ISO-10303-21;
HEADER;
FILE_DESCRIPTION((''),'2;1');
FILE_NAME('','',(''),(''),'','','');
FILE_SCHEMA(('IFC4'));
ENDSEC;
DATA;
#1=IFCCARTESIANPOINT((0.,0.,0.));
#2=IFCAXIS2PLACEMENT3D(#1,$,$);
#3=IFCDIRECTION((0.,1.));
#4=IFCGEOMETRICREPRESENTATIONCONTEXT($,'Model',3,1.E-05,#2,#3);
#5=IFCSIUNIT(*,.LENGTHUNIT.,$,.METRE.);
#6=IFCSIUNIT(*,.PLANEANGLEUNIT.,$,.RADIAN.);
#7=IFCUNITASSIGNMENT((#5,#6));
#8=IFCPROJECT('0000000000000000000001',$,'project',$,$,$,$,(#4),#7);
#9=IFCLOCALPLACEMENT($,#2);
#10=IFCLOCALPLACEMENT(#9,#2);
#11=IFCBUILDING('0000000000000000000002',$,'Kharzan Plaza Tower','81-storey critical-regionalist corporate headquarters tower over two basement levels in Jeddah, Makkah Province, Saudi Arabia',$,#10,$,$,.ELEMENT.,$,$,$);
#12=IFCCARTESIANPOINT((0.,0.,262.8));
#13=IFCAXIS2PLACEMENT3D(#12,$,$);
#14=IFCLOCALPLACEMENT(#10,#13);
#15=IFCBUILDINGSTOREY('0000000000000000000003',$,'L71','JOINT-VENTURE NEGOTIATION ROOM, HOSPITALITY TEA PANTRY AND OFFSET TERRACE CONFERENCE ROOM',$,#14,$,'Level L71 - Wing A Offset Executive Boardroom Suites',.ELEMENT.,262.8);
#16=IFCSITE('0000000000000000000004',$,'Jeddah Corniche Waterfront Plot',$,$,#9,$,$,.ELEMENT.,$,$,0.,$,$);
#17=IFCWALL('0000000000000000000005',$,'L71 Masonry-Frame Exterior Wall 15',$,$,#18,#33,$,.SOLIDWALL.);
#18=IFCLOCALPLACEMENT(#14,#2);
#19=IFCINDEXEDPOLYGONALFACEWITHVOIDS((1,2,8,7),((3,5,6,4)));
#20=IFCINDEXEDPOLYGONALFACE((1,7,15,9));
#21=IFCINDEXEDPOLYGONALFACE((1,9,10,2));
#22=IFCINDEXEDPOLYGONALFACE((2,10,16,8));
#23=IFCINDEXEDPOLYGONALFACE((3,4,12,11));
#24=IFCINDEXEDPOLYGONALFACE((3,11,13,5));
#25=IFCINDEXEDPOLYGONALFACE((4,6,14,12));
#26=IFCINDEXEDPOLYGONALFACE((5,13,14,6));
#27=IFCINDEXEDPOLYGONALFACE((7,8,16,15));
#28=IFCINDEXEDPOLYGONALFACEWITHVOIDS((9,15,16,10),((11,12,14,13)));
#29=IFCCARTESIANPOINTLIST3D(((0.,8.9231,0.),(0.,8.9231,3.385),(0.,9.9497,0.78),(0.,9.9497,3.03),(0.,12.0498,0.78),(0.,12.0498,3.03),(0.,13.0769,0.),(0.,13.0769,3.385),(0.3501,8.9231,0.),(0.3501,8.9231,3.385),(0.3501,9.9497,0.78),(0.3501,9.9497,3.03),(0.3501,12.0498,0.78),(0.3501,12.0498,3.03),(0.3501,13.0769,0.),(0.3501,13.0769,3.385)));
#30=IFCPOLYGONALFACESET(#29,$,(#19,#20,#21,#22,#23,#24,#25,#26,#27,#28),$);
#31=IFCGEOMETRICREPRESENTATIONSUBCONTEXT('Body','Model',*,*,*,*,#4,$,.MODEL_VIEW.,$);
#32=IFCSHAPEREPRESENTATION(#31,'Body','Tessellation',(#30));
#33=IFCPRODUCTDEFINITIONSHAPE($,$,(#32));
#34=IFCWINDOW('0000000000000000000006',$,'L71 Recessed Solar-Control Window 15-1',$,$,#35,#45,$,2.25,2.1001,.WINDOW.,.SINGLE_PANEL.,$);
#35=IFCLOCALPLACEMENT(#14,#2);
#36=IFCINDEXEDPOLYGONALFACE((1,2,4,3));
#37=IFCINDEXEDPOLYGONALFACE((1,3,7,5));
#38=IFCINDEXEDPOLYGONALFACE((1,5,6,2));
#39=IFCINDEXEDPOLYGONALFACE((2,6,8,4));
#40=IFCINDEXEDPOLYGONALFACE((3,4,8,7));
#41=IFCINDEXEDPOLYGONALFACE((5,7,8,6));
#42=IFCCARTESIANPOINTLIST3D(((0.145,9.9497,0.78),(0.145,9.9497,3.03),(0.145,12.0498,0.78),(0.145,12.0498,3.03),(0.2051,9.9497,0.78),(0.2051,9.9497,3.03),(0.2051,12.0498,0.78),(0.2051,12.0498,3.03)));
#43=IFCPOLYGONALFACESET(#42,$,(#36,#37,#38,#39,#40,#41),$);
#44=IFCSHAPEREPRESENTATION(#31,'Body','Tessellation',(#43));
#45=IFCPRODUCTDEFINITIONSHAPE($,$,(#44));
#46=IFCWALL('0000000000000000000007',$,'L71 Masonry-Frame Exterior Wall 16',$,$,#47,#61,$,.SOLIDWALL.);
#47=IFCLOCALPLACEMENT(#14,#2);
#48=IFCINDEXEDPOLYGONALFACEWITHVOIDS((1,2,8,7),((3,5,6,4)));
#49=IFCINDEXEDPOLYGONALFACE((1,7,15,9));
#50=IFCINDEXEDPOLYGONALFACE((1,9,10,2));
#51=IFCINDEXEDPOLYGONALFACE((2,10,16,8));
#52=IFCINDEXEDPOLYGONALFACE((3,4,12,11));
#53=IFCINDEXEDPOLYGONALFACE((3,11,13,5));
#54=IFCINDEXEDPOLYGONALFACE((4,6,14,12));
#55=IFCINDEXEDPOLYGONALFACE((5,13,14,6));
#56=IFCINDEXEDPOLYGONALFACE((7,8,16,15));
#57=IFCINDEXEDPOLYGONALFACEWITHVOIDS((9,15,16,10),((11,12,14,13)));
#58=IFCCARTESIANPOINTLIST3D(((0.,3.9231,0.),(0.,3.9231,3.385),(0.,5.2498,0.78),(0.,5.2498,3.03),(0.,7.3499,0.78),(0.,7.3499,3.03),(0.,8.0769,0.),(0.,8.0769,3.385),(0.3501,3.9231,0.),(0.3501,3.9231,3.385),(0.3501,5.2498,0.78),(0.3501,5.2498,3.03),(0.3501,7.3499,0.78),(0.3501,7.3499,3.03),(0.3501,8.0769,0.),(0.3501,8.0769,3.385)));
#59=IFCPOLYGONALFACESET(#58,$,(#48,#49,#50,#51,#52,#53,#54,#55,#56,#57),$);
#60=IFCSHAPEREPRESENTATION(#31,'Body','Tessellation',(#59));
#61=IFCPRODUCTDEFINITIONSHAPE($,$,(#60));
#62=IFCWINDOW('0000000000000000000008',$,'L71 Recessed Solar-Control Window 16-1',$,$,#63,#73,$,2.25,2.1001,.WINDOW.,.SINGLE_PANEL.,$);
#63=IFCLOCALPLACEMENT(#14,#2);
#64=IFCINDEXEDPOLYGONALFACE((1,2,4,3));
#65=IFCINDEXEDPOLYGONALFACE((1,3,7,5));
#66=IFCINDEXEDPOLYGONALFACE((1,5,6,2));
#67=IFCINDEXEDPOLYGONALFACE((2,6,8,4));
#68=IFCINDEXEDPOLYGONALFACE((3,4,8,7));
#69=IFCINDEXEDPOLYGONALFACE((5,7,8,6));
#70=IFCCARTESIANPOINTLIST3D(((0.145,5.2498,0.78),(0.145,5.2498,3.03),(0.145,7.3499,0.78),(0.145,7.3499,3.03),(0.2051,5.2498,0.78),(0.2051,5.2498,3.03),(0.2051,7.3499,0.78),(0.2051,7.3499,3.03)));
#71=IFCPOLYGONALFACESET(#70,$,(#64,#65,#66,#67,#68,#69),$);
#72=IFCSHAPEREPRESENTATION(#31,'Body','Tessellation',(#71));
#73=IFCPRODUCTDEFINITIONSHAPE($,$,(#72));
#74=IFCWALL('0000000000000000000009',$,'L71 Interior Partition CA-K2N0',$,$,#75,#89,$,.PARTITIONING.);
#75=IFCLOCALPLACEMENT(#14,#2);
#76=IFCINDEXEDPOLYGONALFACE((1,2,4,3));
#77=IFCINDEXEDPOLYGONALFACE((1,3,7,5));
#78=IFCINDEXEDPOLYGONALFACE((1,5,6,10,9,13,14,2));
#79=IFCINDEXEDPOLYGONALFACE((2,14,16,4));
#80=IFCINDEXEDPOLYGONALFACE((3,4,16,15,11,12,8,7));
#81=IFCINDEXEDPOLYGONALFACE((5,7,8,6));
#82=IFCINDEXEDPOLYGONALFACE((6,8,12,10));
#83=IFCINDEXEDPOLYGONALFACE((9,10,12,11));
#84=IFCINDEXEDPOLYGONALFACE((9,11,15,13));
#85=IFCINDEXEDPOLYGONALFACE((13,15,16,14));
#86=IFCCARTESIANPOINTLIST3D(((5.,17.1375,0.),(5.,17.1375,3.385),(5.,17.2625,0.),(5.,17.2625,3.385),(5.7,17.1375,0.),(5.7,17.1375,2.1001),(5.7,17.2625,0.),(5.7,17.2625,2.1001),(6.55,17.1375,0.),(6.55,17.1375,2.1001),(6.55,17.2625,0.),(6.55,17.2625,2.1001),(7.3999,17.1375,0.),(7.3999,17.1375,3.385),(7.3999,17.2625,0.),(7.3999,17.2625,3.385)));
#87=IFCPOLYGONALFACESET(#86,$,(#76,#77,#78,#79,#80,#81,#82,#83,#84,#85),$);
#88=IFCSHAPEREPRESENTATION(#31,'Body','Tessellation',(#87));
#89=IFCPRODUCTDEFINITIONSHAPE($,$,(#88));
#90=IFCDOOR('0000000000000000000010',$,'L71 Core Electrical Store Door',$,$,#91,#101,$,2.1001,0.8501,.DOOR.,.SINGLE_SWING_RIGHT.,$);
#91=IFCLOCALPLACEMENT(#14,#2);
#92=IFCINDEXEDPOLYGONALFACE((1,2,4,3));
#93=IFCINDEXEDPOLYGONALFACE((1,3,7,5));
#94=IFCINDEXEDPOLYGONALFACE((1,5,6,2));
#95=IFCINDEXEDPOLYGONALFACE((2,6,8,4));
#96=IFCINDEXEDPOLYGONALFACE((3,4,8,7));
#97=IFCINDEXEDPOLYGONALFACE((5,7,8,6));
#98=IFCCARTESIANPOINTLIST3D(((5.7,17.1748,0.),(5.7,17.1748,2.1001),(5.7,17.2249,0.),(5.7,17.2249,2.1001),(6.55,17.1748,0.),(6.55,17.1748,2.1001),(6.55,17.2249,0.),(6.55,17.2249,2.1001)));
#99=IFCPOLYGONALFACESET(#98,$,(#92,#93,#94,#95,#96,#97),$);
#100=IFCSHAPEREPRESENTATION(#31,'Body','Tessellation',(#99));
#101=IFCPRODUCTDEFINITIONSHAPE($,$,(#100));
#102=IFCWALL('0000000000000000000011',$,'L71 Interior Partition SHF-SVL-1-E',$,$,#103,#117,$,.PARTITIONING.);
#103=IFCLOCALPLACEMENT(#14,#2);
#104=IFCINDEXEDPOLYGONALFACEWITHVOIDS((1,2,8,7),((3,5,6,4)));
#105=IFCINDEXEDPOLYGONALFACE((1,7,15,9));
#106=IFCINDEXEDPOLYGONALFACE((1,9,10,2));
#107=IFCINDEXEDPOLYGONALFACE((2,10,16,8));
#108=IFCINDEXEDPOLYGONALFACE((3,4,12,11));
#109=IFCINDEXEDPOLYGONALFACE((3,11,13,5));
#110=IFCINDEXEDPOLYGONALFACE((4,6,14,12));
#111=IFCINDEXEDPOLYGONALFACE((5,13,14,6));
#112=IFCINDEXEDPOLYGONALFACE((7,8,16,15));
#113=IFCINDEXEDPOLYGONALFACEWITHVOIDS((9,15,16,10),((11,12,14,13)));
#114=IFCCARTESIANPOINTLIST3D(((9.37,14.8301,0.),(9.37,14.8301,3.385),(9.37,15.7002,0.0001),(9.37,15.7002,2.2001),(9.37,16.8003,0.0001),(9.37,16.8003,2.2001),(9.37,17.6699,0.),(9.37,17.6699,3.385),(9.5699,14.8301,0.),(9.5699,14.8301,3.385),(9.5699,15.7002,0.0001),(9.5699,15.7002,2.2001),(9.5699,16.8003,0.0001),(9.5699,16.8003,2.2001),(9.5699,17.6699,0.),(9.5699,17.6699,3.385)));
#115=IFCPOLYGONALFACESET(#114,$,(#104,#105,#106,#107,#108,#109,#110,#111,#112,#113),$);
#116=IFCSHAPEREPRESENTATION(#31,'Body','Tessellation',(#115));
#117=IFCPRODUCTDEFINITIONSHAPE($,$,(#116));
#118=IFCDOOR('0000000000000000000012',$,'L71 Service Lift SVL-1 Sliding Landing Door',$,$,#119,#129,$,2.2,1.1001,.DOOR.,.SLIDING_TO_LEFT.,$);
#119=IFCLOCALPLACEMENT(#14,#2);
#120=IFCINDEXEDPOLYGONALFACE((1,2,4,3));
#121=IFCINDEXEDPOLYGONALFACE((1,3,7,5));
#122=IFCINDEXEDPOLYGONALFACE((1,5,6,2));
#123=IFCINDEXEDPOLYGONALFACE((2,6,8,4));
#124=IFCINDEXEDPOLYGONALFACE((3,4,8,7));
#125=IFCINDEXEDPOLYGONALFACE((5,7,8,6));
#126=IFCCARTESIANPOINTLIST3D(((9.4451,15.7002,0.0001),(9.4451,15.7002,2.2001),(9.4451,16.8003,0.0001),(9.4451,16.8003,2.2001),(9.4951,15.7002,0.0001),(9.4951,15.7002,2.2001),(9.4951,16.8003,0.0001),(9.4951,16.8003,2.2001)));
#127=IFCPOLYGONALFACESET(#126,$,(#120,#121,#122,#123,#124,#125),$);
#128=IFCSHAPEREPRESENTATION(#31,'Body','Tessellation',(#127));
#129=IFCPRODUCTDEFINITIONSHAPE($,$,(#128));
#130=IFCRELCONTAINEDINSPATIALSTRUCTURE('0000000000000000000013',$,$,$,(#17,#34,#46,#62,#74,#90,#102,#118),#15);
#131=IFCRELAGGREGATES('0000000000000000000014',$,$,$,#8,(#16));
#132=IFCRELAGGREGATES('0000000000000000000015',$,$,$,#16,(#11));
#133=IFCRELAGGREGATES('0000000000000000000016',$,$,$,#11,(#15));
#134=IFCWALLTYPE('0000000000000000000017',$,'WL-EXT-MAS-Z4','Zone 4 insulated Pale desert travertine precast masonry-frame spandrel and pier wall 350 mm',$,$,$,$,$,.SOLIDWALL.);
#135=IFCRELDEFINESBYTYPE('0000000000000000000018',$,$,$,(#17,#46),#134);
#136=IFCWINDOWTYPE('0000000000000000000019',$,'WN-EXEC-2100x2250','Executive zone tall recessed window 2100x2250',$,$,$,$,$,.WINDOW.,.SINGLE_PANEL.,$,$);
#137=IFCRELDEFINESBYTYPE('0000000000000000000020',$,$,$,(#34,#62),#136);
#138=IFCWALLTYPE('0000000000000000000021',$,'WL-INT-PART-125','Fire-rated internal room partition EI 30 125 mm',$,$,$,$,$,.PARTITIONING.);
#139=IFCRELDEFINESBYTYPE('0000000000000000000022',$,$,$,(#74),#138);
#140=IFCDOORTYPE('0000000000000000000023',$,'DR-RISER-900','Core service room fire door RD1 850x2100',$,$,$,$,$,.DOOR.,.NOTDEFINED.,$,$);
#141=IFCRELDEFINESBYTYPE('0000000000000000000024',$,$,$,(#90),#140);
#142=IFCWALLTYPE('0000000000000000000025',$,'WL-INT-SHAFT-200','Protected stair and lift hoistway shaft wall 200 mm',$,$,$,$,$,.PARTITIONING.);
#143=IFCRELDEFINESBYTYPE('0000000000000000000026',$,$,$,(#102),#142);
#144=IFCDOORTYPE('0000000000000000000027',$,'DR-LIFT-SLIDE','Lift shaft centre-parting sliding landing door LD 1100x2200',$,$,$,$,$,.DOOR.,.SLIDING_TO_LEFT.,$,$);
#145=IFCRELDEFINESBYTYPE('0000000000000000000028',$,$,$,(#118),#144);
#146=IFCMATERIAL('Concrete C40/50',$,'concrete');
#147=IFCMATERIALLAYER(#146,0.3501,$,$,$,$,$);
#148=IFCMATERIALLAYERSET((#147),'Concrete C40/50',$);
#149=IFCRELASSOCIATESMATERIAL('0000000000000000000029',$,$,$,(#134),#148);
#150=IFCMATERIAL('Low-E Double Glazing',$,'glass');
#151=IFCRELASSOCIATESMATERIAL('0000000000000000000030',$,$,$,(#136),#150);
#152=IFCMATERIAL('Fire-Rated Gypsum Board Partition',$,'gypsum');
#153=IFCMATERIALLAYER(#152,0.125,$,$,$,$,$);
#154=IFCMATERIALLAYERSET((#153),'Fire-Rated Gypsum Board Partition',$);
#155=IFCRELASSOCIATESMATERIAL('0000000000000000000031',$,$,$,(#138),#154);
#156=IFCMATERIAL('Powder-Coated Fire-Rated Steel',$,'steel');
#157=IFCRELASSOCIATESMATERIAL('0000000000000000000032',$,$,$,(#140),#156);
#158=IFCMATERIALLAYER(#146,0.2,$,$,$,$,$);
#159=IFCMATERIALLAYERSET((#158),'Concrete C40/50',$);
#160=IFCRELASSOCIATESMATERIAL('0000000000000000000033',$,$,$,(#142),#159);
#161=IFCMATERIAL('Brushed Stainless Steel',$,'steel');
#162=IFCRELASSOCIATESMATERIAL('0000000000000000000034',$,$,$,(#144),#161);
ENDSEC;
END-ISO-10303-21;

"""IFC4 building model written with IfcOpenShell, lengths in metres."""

from ifc_helpers import new_model, si_unit, direction, frame, frame_2d, origin, place, context, subcontext, project, spatial, rectangle, extrude, source, transform, mapped, material, layer, layer_set, type_object, element, fill, save


model = new_model("IFC4")

# Units and contexts
model_context = context("Model", 3, precision=1e-05, world=origin(), true_north=direction((0.0, 1.0)))
body_context = subcontext(model_context, "Body", "Model", "MODEL_VIEW")
ifc_project = project(units=[si_unit("LENGTHUNIT", "METRE"), si_unit("PLANEANGLEUNIT", "RADIAN")], contexts=[model_context])

# Site, building, storey
site_placement = place(None, origin())
site = spatial("IfcSite", under=ifc_project, at=site_placement, Name="Jeddah Corniche Waterfront Plot", CompositionType="ELEMENT", RefElevation=0.0)
building_placement = place(site_placement, origin())
building = spatial("IfcBuilding", under=site, at=building_placement, Name="Kharzan Plaza Tower", Description="81-storey critical-regionalist corporate headquarters tower over two basement levels in Jeddah, Makkah Province, Saudi Arabia", CompositionType="ELEMENT")
storey_placement = place(building_placement, frame((0.0, 0.0, 262.8)))
storey = spatial("IfcBuildingStorey", under=building, at=storey_placement, Name="L71", Description="JOINT-VENTURE NEGOTIATION ROOM, HOSPITALITY TEA PANTRY AND OFFSET TERRACE CONFERENCE ROOM", LongName="Level L71 - Wing A Offset Executive Boardroom Suites", CompositionType="ELEMENT", Elevation=262.8)

# Walls, openings, windows
ifc_material_1 = material(Name="Concrete C40/50", Category="concrete")
ifc_layer_1 = layer(ifc_material_1, 0.3501)
ifc_layer_set_1 = layer_set([ifc_layer_1], Name="Concrete C40/50")
wall_type_1 = type_object("IfcWallType", Name="WL-EXT-MAS-Z4", Description="Zone 4 insulated Pale desert travertine precast masonry-frame spandrel and pier wall 350 mm", PredefinedType="SOLIDWALL", material=ifc_layer_set_1)
wall_1_placement = place(storey_placement, frame((0.175, 13.0769, 0.0), z_axis=(0.0, 0.0, 1.0), x_axis=(0.0, -1.0, 0.0)))
wall_1 = element("IfcWall", 1, at=wall_1_placement, inside=storey, type_object=wall_type_1, Name="L71 Masonry-Frame Exterior Wall 15", PredefinedType="SOLIDWALL", context=body_context, shape_type="SweptSolid", body=[
    extrude(rectangle(XDim=4.1538, YDim=0.3501, at=frame_2d((2.0769, 0.0))), origin(), (0.0, 0.0, 1.0), 3.385),
])
opening_1_placement = place(wall_1_placement, frame((1.0271, 0.0, 0.78)))
opening_1 = element("IfcOpeningElement", 2, at=opening_1_placement, cuts=wall_1, PredefinedType="OPENING", context=body_context, shape_type="SweptSolid", body=[
    extrude(rectangle(XDim=2.1001, YDim=2.25, at=frame_2d((1.05, 1.125))), frame((0.0, 0.1851, 0.0), z_axis=(0.0, -1.0, 0.0), x_axis=(1.0, 0.0, 0.0)), (0.0, 0.0, 1.0), 0.3701),
])
ifc_material_2 = material(Name="Low-E Double Glazing", Category="glass")
window_type = type_object("IfcWindowType", Name="WN-EXEC-2100x2250", Description="Executive zone tall recessed window 2100x2250", PartitioningType="SINGLE_PANEL", PredefinedType="WINDOW", material=ifc_material_2)
shared_shape_1 = source(origin(), body_context, "Body", "SweptSolid", [
    extrude(rectangle(XDim=2.1001, YDim=2.25, at=frame_2d((1.05, 1.125))), frame((0.0, 0.03, 0.0), z_axis=(0.0, -1.0, 0.0), x_axis=(1.0, 0.0, 0.0)), (0.0, 0.0, 1.0), 0.0601),
])
window_1_placement = place(opening_1_placement, origin())
window_1 = element("IfcWindow", 3, at=window_1_placement, inside=storey, type_object=window_type, Name="L71 Recessed Solar-Control Window 15-1", OverallHeight=2.25, OverallWidth=2.1001, PartitioningType="SINGLE_PANEL", PredefinedType="WINDOW", context=body_context, shape_type="MappedRepresentation", body=[
    mapped(shared_shape_1, transform((0.0, 0.0, 0.0), x_axis=(1.0, 0.0, 0.0), y_axis=(0.0, 1.0, 0.0), z_axis=(0.0, 0.0, 1.0))),
])
fill(opening_1, window_1)
wall_2_placement = place(storey_placement, frame((0.175, 8.0769, 0.0), z_axis=(0.0, 0.0, 1.0), x_axis=(0.0, -1.0, 0.0)))
wall_2 = element("IfcWall", 4, at=wall_2_placement, inside=storey, type_object=wall_type_1, Name="L71 Masonry-Frame Exterior Wall 16", PredefinedType="SOLIDWALL", context=body_context, shape_type="SweptSolid", body=[
    extrude(rectangle(XDim=4.1538, YDim=0.3501, at=frame_2d((2.0769, 0.0))), origin(), (0.0, 0.0, 1.0), 3.385),
])
opening_2_placement = place(wall_2_placement, frame((0.7271, 0.0, 0.78)))
opening_2 = element("IfcOpeningElement", 5, at=opening_2_placement, cuts=wall_2, PredefinedType="OPENING", context=body_context, shape_type="SweptSolid", body=[
    extrude(rectangle(XDim=2.1001, YDim=2.25, at=frame_2d((1.05, 1.125))), frame((0.0, 0.1851, 0.0), z_axis=(0.0, -1.0, 0.0), x_axis=(1.0, 0.0, 0.0)), (0.0, 0.0, 1.0), 0.3701),
])
window_2_placement = place(opening_2_placement, origin())
window_2 = element("IfcWindow", 6, at=window_2_placement, inside=storey, type_object=window_type, Name="L71 Recessed Solar-Control Window 16-1", OverallHeight=2.25, OverallWidth=2.1001, PartitioningType="SINGLE_PANEL", PredefinedType="WINDOW", context=body_context, shape_type="MappedRepresentation", body=[
    mapped(shared_shape_1, transform((0.0, 0.0, 0.0), x_axis=(1.0, 0.0, 0.0), y_axis=(0.0, 1.0, 0.0), z_axis=(0.0, 0.0, 1.0))),
])
fill(opening_2, window_2)

# Walls, openings, doors
ifc_material_3 = material(Name="Fire-Rated Gypsum Board Partition", Category="gypsum")
ifc_layer_2 = layer(ifc_material_3, 0.125)
ifc_layer_set_2 = layer_set([ifc_layer_2], Name="Fire-Rated Gypsum Board Partition")
wall_type_2 = type_object("IfcWallType", Name="WL-INT-PART-125", Description="Fire-rated internal room partition EI 30 125 mm", PredefinedType="PARTITIONING", material=ifc_layer_set_2)
wall_3_placement = place(storey_placement, frame((5.0, 17.2, 0.0), z_axis=(0.0, 0.0, 1.0), x_axis=(1.0, 0.0, 0.0)))
wall_3 = element("IfcWall", 7, at=wall_3_placement, inside=storey, type_object=wall_type_2, Name="L71 Interior Partition CA-K2N0", PredefinedType="PARTITIONING", context=body_context, shape_type="SweptSolid", body=[
    extrude(rectangle(XDim=2.3999, YDim=0.125, at=frame_2d((1.2, 0.0))), origin(), (0.0, 0.0, 1.0), 3.385),
])
opening_3_placement = place(wall_3_placement, frame((0.7, 0.0, 0.0)))
opening_3 = element("IfcOpeningElement", 8, at=opening_3_placement, cuts=wall_3, PredefinedType="OPENING", context=body_context, shape_type="SweptSolid", body=[
    extrude(rectangle(XDim=0.8501, YDim=2.1001, at=frame_2d((0.425, 1.05))), frame((0.0, 0.0725, 0.0), z_axis=(0.0, -1.0, 0.0), x_axis=(1.0, 0.0, 0.0)), (0.0, 0.0, 1.0), 0.145),
])
ifc_material_4 = material(Name="Powder-Coated Fire-Rated Steel", Category="steel")
door_type_1 = type_object("IfcDoorType", Name="DR-RISER-900", Description="Core service room fire door RD1 850x2100", OperationType="NOTDEFINED", PredefinedType="DOOR", material=ifc_material_4)
shared_shape_2 = source(origin(), body_context, "Body", "SweptSolid", [
    extrude(rectangle(XDim=0.8501, YDim=2.1001, at=frame_2d((0.425, 1.05))), frame((0.0, 0.0249, 0.0), z_axis=(0.0, -1.0, 0.0), x_axis=(1.0, 0.0, 0.0)), (0.0, 0.0, 1.0), 0.05),
])
door_1_placement = place(opening_3_placement, origin())
door_1 = element("IfcDoor", 9, at=door_1_placement, inside=storey, type_object=door_type_1, Name="L71 Core Electrical Store Door", OperationType="SINGLE_SWING_RIGHT", OverallHeight=2.1001, OverallWidth=0.8501, PredefinedType="DOOR", context=body_context, shape_type="MappedRepresentation", body=[
    mapped(shared_shape_2, transform((0.0, 0.0, 0.0), x_axis=(1.0, 0.0, 0.0), y_axis=(0.0, 1.0, 0.0), z_axis=(0.0, 0.0, 1.0))),
])
fill(opening_3, door_1)
ifc_layer_3 = layer(ifc_material_1, 0.2)
ifc_layer_set_3 = layer_set([ifc_layer_3], Name="Concrete C40/50")
wall_type_3 = type_object("IfcWallType", Name="WL-INT-SHAFT-200", Description="Protected stair and lift hoistway shaft wall 200 mm", PredefinedType="PARTITIONING", material=ifc_layer_set_3)
wall_4_placement = place(storey_placement, frame((9.47, 14.8301, 0.0), z_axis=(0.0, 0.0, 1.0), x_axis=(0.0, 1.0, 0.0)))
wall_4 = element("IfcWall", 10, at=wall_4_placement, inside=storey, type_object=wall_type_3, Name="L71 Interior Partition SHF-SVL-1-E", PredefinedType="PARTITIONING", context=body_context, shape_type="SweptSolid", body=[
    extrude(rectangle(XDim=2.8398, YDim=0.2, at=frame_2d((1.4199, 0.0))), origin(), (0.0, 0.0, 1.0), 3.385),
])
opening_4_placement = place(wall_4_placement, frame((0.8701, 0.0, 0.0)))
opening_4 = element("IfcOpeningElement", 11, at=opening_4_placement, cuts=wall_4, PredefinedType="OPENING", context=body_context, shape_type="SweptSolid", body=[
    extrude(rectangle(XDim=1.1001, YDim=2.2, at=frame_2d((0.55, 1.1001))), frame((0.0, 0.1099, 0.0), z_axis=(0.0, -1.0, 0.0), x_axis=(1.0, 0.0, 0.0)), (0.0, 0.0, 1.0), 0.22),
])
ifc_material_5 = material(Name="Brushed Stainless Steel", Category="steel")
door_type_2 = type_object("IfcDoorType", Name="DR-LIFT-SLIDE", Description="Lift shaft centre-parting sliding landing door LD 1100x2200", OperationType="SLIDING_TO_LEFT", PredefinedType="DOOR", material=ifc_material_5)
shared_shape_3 = source(origin(), body_context, "Body", "SweptSolid", [
    extrude(rectangle(XDim=1.1001, YDim=2.2, at=frame_2d((0.55, 1.1001))), frame((0.0, 0.0249, 0.0), z_axis=(0.0, -1.0, 0.0), x_axis=(1.0, 0.0, 0.0)), (0.0, 0.0, 1.0), 0.05),
])
door_2_placement = place(opening_4_placement, origin())
door_2 = element("IfcDoor", 12, at=door_2_placement, inside=storey, type_object=door_type_2, Name="L71 Service Lift SVL-1 Sliding Landing Door", OperationType="SLIDING_TO_LEFT", OverallHeight=2.2, OverallWidth=1.1001, PredefinedType="DOOR", context=body_context, shape_type="MappedRepresentation", body=[
    mapped(shared_shape_3, transform((0.0, 0.0, 0.0), x_axis=(1.0, 0.0, 0.0), y_axis=(0.0, 1.0, 0.0), z_axis=(0.0, 0.0, 1.0))),
])
fill(opening_4, door_2)

save(model, "model.ifc")
